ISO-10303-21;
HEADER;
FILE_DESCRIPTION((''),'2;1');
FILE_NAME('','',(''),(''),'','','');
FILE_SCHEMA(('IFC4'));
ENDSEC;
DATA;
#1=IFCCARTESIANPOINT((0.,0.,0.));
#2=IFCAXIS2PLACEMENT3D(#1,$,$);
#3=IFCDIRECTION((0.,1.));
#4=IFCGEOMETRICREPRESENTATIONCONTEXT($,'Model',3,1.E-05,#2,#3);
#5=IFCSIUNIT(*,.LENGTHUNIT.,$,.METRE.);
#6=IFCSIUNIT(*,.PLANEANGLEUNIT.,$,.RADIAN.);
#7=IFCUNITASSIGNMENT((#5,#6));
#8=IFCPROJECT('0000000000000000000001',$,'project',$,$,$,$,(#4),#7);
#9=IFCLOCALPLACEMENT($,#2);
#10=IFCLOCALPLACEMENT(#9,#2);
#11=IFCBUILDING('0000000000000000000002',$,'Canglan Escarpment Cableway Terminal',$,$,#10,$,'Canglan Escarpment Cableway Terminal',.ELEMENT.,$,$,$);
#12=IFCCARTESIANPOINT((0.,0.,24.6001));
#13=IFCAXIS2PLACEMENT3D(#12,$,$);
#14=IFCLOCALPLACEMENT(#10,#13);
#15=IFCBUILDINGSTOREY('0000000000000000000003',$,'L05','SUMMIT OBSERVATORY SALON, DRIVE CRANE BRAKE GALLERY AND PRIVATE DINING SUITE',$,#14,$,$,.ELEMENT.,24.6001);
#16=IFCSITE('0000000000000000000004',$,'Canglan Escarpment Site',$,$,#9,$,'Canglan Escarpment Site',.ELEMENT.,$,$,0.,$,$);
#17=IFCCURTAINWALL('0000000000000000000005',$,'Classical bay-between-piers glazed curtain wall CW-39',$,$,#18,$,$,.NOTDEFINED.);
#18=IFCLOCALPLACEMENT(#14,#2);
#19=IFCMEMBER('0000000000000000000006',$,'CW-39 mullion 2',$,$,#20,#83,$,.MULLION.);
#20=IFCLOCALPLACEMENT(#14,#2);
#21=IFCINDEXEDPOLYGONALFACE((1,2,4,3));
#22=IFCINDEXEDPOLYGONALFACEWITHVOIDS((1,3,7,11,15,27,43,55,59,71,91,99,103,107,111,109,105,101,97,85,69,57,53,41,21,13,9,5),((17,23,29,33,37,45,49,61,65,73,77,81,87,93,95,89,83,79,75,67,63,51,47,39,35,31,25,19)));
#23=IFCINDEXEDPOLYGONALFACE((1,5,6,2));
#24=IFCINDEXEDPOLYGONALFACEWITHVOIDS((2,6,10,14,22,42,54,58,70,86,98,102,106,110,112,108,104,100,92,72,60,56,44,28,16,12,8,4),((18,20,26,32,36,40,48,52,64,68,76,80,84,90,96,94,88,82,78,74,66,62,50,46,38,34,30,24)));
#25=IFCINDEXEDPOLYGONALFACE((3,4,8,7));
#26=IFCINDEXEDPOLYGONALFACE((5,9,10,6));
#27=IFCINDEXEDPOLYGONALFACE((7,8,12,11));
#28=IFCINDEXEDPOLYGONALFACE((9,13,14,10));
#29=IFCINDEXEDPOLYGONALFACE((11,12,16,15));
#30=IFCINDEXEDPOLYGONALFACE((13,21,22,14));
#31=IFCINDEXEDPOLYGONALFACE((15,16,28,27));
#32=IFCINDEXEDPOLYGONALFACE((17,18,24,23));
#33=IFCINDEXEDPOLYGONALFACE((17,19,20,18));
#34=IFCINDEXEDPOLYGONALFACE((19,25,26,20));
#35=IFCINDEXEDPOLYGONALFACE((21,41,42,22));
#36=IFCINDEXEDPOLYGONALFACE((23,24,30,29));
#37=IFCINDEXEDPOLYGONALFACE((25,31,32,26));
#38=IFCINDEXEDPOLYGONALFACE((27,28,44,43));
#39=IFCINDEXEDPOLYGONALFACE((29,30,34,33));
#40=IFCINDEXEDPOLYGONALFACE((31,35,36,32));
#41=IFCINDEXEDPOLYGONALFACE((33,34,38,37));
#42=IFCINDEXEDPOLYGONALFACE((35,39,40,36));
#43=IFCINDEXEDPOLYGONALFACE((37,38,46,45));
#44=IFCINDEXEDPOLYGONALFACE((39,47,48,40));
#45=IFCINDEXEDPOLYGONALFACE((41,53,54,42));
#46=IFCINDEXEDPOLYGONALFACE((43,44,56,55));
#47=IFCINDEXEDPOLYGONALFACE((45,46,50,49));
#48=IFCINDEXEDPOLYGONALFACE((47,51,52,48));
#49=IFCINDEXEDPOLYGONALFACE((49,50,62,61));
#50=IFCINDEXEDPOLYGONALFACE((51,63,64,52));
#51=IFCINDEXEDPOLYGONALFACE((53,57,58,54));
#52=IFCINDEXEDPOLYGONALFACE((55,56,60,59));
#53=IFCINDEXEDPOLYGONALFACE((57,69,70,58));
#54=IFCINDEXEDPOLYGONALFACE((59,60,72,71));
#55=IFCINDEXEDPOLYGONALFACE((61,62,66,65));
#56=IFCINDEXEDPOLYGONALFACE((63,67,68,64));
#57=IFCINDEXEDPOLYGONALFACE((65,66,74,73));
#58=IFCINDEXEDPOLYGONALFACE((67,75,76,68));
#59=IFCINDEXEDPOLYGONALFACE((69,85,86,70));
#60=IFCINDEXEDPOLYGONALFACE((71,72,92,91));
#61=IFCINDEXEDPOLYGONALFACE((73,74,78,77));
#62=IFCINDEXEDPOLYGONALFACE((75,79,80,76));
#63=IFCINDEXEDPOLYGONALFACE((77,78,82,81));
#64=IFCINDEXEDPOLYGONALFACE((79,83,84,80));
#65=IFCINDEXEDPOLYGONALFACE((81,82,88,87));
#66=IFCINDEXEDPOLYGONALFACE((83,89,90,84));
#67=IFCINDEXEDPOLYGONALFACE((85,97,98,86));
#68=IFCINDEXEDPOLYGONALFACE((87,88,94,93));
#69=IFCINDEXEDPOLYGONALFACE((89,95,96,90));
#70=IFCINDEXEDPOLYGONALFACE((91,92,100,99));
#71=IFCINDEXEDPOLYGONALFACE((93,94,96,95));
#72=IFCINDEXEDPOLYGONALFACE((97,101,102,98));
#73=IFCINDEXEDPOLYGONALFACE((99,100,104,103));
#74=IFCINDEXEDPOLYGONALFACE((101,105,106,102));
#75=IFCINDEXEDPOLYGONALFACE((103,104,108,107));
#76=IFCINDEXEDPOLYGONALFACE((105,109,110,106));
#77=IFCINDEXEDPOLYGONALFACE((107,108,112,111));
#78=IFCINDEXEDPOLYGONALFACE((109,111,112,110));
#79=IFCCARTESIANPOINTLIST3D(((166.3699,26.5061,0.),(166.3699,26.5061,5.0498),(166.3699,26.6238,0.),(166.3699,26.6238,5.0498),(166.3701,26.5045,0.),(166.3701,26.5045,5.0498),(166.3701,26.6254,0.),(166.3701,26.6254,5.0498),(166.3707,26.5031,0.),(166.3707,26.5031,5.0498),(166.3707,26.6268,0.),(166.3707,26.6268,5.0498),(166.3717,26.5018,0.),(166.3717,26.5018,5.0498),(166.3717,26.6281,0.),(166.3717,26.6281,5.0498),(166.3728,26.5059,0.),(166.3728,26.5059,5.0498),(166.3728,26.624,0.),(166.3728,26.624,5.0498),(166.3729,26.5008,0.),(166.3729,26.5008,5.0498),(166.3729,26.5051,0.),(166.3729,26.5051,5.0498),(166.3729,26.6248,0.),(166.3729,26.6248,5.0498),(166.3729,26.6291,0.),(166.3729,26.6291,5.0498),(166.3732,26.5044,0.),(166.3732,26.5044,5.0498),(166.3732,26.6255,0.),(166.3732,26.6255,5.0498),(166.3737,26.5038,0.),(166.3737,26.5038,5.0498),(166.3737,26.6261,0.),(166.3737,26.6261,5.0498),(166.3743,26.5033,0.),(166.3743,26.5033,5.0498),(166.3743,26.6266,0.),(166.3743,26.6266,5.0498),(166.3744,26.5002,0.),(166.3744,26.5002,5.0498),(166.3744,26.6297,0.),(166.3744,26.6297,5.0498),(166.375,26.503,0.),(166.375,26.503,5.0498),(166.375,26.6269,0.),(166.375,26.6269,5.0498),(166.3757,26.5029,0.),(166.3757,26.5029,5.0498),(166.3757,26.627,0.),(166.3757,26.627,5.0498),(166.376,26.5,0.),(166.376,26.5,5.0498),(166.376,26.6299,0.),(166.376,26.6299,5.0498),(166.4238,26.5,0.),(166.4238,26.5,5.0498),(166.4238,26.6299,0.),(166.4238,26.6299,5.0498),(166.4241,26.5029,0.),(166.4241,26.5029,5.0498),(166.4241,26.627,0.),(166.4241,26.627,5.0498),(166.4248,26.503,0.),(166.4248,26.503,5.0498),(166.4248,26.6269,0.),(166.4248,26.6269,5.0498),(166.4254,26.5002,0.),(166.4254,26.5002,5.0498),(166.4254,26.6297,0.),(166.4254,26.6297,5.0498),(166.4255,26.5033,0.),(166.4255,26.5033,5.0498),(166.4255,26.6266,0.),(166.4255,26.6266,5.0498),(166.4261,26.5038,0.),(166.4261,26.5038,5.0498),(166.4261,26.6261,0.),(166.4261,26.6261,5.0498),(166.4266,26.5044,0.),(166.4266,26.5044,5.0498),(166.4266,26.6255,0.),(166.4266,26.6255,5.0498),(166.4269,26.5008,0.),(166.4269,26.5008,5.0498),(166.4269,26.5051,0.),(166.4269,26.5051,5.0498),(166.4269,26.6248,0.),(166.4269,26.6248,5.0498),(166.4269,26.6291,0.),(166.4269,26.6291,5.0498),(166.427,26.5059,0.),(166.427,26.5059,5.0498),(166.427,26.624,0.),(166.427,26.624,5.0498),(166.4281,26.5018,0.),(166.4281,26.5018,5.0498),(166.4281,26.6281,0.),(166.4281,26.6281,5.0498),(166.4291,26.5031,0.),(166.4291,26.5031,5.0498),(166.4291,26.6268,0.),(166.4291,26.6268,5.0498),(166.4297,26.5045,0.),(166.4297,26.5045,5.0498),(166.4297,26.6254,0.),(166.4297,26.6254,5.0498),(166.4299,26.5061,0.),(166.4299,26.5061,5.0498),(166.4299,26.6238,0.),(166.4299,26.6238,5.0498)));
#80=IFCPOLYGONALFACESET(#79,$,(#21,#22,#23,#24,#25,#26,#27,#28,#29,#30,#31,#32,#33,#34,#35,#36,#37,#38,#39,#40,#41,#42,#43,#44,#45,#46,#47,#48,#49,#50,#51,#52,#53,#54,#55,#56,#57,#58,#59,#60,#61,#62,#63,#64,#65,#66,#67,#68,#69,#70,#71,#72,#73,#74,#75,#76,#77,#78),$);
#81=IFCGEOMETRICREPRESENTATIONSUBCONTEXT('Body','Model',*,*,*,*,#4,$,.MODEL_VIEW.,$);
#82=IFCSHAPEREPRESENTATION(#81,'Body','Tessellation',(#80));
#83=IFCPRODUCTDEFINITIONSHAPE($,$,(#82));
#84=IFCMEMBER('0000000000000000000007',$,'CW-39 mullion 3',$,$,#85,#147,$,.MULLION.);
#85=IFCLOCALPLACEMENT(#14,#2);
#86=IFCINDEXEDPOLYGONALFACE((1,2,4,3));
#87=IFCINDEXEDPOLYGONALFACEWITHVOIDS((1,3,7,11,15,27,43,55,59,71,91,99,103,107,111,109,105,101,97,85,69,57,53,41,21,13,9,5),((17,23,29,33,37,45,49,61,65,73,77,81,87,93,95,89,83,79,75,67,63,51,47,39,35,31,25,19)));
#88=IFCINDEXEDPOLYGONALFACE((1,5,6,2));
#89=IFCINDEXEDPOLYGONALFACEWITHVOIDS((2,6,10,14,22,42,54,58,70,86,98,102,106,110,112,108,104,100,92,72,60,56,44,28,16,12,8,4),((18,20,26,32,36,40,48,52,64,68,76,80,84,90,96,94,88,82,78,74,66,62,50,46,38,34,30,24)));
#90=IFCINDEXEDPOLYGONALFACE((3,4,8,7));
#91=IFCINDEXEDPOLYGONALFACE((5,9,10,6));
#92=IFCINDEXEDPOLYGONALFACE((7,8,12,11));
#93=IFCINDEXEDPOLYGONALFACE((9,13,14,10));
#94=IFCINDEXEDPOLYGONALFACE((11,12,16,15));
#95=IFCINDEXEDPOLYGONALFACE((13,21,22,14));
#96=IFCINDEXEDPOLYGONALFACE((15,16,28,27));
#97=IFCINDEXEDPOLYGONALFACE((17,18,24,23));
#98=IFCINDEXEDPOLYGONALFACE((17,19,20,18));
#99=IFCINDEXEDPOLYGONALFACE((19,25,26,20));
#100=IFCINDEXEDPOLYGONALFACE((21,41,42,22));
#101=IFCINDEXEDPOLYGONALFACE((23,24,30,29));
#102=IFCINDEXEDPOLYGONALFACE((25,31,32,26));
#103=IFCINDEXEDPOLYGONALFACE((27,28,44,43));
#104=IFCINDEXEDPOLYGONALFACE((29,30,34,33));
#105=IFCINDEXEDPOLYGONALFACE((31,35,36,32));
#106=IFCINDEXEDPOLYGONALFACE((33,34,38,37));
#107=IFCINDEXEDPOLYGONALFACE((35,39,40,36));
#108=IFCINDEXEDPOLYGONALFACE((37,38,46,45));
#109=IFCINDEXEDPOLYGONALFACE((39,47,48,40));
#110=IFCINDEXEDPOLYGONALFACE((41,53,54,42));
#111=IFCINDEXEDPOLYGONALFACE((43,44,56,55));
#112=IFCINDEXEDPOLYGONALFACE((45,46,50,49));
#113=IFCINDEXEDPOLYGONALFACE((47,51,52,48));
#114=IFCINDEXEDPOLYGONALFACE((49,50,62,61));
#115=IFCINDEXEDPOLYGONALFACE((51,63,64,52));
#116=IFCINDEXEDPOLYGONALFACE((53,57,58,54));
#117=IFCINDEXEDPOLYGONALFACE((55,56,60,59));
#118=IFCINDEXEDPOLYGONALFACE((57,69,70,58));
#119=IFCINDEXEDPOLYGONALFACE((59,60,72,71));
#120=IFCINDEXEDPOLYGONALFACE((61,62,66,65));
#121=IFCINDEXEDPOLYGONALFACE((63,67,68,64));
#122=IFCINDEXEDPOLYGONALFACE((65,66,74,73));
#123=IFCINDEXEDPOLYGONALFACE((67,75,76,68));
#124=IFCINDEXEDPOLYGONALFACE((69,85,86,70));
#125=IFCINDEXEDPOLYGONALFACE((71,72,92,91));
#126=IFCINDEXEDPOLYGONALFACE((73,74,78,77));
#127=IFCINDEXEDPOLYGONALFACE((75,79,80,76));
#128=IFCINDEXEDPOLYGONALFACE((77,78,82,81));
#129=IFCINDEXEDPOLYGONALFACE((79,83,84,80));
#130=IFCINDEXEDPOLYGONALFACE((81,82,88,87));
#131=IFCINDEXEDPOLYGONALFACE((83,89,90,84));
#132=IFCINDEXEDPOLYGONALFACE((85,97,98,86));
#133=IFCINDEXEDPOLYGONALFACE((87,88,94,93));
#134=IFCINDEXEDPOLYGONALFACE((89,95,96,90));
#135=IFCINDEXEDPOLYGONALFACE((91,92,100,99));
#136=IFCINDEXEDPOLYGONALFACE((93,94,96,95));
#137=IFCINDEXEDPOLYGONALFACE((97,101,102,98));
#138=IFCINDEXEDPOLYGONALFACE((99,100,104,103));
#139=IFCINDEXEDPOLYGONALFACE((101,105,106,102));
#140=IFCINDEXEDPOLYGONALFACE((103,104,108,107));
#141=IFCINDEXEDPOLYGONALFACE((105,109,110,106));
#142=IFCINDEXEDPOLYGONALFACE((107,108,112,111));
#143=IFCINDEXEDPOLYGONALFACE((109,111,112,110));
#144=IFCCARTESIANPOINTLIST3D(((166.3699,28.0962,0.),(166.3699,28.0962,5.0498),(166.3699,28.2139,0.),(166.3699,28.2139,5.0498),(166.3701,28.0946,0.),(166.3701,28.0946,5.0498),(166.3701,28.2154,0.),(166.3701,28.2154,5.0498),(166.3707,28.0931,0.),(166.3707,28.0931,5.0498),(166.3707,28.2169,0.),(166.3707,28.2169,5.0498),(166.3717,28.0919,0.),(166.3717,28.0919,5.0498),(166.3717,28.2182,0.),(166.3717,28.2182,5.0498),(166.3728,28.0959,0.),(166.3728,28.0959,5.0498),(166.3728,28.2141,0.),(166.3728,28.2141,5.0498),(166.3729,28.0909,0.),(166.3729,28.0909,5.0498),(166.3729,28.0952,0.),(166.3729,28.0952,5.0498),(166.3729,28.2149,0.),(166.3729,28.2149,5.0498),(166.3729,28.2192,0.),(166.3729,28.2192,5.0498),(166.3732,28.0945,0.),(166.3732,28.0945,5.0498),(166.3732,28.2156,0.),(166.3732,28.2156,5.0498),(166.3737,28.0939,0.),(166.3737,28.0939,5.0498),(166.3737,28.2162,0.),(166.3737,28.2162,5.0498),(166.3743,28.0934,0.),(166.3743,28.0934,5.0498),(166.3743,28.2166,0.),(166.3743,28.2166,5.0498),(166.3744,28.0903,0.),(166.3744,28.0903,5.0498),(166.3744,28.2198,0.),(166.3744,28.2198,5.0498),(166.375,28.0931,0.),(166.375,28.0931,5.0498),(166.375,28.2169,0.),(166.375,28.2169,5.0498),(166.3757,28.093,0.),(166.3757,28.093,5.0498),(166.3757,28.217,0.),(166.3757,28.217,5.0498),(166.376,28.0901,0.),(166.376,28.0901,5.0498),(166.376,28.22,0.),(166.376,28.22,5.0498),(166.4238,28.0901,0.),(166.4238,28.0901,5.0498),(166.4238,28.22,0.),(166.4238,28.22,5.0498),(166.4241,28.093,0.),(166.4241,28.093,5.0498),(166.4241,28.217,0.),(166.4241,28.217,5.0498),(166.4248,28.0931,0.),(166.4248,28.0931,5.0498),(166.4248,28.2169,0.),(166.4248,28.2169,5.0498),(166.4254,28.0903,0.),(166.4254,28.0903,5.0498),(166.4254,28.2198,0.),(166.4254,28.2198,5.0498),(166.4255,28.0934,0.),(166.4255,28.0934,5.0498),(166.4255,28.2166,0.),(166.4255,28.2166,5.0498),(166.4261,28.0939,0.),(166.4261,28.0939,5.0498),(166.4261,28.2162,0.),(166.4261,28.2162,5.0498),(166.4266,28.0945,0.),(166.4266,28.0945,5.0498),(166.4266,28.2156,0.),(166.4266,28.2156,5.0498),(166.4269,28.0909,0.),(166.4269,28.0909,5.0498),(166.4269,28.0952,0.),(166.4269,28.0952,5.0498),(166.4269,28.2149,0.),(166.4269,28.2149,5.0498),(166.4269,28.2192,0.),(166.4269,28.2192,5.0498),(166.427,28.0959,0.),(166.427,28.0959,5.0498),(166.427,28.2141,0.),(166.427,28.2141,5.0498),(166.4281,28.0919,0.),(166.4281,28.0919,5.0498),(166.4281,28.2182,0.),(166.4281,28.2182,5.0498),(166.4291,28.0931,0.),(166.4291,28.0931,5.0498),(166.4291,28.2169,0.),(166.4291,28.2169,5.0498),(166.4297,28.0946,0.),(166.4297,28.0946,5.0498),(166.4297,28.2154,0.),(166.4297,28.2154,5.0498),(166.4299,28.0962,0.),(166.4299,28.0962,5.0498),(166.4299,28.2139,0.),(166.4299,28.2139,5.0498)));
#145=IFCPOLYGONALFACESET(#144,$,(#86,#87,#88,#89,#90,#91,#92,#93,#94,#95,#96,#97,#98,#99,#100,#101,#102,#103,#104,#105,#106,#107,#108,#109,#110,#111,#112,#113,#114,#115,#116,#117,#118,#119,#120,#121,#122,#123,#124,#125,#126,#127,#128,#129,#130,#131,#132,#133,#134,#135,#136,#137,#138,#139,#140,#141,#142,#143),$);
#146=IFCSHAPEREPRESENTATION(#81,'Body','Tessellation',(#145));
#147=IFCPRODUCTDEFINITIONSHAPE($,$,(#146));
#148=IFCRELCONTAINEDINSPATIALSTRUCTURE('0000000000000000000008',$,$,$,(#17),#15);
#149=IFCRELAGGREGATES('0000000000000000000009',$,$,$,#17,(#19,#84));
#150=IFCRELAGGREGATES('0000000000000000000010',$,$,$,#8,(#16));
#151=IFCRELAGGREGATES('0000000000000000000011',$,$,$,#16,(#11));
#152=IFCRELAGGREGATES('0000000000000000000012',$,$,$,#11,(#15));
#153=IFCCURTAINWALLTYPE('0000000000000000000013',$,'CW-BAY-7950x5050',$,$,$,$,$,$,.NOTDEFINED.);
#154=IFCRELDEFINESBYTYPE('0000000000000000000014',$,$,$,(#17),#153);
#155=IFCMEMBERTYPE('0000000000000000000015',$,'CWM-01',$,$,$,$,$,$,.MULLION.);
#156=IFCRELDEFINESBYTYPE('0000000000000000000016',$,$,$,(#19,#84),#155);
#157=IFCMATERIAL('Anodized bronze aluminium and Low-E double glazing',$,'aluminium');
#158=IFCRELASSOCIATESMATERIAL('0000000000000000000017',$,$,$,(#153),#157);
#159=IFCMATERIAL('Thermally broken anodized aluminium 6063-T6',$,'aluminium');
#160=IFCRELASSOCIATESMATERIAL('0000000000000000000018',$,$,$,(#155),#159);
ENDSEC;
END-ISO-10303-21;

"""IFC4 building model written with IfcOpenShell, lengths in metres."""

from ifc_helpers import new_model, si_unit, direction, frame, origin, origin_2d, place, context, subcontext, project, spatial, hollow_rectangle, extrude, material, material_profile, profile_set, type_object, element, aggregate, save


model = new_model("IFC4")

# Units and contexts
model_context = context("Model", 3, precision=1e-05, world=origin(), true_north=direction((0.0, 1.0)))
body_context = subcontext(model_context, "Body", "Model", "MODEL_VIEW")
ifc_project = project(units=[si_unit("LENGTHUNIT", "METRE"), si_unit("PLANEANGLEUNIT", "RADIAN")], contexts=[model_context])

# Site, building, storey
site_placement = place(None, origin())
site = spatial("IfcSite", under=ifc_project, at=site_placement, Name="Canglan Escarpment Site", LongName="Canglan Escarpment Site", CompositionType="ELEMENT", RefElevation=0.0)
building_placement = place(site_placement, origin())
building = spatial("IfcBuilding", under=site, at=building_placement, Name="Canglan Escarpment Cableway Terminal", LongName="Canglan Escarpment Cableway Terminal", CompositionType="ELEMENT")
storey_placement = place(building_placement, frame((0.0, 0.0, 24.6001)))
storey = spatial("IfcBuildingStorey", under=building, at=storey_placement, Name="L05", Description="SUMMIT OBSERVATORY SALON, DRIVE CRANE BRAKE GALLERY AND PRIVATE DINING SUITE", CompositionType="ELEMENT", Elevation=24.6001)

# Curtain wall, members
ifc_material_1 = material(Name="Anodized bronze aluminium and Low-E double glazing", Category="aluminium")
curtain_wall_type = type_object("IfcCurtainWallType", Name="CW-BAY-7950x5050", PredefinedType="NOTDEFINED", material=ifc_material_1)
curtain_wall_placement = place(storey_placement, origin())
curtain_wall = element("IfcCurtainWall", 1, at=curtain_wall_placement, inside=storey, type_object=curtain_wall_type, Name="Classical bay-between-piers glazed curtain wall CW-39", PredefinedType="NOTDEFINED")
ifc_material_2 = material(Name="Thermally broken anodized aluminium 6063-T6", Category="aluminium")
ifc_material_profile_1 = material_profile(ifc_material_2, hollow_rectangle(XDim=0.0601, YDim=0.1299, WallThickness=0.0029, InnerFilletRadius=0.0029, OuterFilletRadius=0.0061, at=origin_2d()), Name="ALU-MULL 60x130x3")
ifc_profile_set_1 = profile_set([ifc_material_profile_1], Name="Thermally broken anodized aluminium 6063-T6")
member_type_1 = type_object("IfcMemberType", Name="CWM-01", PredefinedType="MULLION", material=ifc_profile_set_1)
member_1_placement = place(storey_placement, frame((166.3999, 26.5649, 0.0), z_axis=(0.0, 0.0, 1.0), x_axis=(-1.0, 0.0, 0.0)))
member_1 = element("IfcMember", 2, at=member_1_placement, type_object=member_type_1, Name="CW-39 mullion 2", PredefinedType="MULLION", context=body_context, shape_type="SweptSolid", body=[
    extrude(hollow_rectangle(XDim=0.0601, YDim=0.1299, WallThickness=0.0029, InnerFilletRadius=0.0029, OuterFilletRadius=0.0061, at=origin_2d()), origin(), (0.0, 0.0, 1.0), 5.0498),
])
member_2_placement = place(storey_placement, frame((166.3999, 28.155, 0.0), z_axis=(0.0, 0.0, 1.0), x_axis=(-1.0, 0.0, 0.0)))
member_2 = element("IfcMember", 3, at=member_2_placement, type_object=member_type_1, Name="CW-39 mullion 3", PredefinedType="MULLION", context=body_context, shape_type="SweptSolid", body=[
    extrude(hollow_rectangle(XDim=0.0601, YDim=0.1299, WallThickness=0.0029, InnerFilletRadius=0.0029, OuterFilletRadius=0.0061, at=origin_2d()), origin(), (0.0, 0.0, 1.0), 5.0498),
])
aggregate(curtain_wall, [member_1, member_2])

save(model, "model.ifc")
